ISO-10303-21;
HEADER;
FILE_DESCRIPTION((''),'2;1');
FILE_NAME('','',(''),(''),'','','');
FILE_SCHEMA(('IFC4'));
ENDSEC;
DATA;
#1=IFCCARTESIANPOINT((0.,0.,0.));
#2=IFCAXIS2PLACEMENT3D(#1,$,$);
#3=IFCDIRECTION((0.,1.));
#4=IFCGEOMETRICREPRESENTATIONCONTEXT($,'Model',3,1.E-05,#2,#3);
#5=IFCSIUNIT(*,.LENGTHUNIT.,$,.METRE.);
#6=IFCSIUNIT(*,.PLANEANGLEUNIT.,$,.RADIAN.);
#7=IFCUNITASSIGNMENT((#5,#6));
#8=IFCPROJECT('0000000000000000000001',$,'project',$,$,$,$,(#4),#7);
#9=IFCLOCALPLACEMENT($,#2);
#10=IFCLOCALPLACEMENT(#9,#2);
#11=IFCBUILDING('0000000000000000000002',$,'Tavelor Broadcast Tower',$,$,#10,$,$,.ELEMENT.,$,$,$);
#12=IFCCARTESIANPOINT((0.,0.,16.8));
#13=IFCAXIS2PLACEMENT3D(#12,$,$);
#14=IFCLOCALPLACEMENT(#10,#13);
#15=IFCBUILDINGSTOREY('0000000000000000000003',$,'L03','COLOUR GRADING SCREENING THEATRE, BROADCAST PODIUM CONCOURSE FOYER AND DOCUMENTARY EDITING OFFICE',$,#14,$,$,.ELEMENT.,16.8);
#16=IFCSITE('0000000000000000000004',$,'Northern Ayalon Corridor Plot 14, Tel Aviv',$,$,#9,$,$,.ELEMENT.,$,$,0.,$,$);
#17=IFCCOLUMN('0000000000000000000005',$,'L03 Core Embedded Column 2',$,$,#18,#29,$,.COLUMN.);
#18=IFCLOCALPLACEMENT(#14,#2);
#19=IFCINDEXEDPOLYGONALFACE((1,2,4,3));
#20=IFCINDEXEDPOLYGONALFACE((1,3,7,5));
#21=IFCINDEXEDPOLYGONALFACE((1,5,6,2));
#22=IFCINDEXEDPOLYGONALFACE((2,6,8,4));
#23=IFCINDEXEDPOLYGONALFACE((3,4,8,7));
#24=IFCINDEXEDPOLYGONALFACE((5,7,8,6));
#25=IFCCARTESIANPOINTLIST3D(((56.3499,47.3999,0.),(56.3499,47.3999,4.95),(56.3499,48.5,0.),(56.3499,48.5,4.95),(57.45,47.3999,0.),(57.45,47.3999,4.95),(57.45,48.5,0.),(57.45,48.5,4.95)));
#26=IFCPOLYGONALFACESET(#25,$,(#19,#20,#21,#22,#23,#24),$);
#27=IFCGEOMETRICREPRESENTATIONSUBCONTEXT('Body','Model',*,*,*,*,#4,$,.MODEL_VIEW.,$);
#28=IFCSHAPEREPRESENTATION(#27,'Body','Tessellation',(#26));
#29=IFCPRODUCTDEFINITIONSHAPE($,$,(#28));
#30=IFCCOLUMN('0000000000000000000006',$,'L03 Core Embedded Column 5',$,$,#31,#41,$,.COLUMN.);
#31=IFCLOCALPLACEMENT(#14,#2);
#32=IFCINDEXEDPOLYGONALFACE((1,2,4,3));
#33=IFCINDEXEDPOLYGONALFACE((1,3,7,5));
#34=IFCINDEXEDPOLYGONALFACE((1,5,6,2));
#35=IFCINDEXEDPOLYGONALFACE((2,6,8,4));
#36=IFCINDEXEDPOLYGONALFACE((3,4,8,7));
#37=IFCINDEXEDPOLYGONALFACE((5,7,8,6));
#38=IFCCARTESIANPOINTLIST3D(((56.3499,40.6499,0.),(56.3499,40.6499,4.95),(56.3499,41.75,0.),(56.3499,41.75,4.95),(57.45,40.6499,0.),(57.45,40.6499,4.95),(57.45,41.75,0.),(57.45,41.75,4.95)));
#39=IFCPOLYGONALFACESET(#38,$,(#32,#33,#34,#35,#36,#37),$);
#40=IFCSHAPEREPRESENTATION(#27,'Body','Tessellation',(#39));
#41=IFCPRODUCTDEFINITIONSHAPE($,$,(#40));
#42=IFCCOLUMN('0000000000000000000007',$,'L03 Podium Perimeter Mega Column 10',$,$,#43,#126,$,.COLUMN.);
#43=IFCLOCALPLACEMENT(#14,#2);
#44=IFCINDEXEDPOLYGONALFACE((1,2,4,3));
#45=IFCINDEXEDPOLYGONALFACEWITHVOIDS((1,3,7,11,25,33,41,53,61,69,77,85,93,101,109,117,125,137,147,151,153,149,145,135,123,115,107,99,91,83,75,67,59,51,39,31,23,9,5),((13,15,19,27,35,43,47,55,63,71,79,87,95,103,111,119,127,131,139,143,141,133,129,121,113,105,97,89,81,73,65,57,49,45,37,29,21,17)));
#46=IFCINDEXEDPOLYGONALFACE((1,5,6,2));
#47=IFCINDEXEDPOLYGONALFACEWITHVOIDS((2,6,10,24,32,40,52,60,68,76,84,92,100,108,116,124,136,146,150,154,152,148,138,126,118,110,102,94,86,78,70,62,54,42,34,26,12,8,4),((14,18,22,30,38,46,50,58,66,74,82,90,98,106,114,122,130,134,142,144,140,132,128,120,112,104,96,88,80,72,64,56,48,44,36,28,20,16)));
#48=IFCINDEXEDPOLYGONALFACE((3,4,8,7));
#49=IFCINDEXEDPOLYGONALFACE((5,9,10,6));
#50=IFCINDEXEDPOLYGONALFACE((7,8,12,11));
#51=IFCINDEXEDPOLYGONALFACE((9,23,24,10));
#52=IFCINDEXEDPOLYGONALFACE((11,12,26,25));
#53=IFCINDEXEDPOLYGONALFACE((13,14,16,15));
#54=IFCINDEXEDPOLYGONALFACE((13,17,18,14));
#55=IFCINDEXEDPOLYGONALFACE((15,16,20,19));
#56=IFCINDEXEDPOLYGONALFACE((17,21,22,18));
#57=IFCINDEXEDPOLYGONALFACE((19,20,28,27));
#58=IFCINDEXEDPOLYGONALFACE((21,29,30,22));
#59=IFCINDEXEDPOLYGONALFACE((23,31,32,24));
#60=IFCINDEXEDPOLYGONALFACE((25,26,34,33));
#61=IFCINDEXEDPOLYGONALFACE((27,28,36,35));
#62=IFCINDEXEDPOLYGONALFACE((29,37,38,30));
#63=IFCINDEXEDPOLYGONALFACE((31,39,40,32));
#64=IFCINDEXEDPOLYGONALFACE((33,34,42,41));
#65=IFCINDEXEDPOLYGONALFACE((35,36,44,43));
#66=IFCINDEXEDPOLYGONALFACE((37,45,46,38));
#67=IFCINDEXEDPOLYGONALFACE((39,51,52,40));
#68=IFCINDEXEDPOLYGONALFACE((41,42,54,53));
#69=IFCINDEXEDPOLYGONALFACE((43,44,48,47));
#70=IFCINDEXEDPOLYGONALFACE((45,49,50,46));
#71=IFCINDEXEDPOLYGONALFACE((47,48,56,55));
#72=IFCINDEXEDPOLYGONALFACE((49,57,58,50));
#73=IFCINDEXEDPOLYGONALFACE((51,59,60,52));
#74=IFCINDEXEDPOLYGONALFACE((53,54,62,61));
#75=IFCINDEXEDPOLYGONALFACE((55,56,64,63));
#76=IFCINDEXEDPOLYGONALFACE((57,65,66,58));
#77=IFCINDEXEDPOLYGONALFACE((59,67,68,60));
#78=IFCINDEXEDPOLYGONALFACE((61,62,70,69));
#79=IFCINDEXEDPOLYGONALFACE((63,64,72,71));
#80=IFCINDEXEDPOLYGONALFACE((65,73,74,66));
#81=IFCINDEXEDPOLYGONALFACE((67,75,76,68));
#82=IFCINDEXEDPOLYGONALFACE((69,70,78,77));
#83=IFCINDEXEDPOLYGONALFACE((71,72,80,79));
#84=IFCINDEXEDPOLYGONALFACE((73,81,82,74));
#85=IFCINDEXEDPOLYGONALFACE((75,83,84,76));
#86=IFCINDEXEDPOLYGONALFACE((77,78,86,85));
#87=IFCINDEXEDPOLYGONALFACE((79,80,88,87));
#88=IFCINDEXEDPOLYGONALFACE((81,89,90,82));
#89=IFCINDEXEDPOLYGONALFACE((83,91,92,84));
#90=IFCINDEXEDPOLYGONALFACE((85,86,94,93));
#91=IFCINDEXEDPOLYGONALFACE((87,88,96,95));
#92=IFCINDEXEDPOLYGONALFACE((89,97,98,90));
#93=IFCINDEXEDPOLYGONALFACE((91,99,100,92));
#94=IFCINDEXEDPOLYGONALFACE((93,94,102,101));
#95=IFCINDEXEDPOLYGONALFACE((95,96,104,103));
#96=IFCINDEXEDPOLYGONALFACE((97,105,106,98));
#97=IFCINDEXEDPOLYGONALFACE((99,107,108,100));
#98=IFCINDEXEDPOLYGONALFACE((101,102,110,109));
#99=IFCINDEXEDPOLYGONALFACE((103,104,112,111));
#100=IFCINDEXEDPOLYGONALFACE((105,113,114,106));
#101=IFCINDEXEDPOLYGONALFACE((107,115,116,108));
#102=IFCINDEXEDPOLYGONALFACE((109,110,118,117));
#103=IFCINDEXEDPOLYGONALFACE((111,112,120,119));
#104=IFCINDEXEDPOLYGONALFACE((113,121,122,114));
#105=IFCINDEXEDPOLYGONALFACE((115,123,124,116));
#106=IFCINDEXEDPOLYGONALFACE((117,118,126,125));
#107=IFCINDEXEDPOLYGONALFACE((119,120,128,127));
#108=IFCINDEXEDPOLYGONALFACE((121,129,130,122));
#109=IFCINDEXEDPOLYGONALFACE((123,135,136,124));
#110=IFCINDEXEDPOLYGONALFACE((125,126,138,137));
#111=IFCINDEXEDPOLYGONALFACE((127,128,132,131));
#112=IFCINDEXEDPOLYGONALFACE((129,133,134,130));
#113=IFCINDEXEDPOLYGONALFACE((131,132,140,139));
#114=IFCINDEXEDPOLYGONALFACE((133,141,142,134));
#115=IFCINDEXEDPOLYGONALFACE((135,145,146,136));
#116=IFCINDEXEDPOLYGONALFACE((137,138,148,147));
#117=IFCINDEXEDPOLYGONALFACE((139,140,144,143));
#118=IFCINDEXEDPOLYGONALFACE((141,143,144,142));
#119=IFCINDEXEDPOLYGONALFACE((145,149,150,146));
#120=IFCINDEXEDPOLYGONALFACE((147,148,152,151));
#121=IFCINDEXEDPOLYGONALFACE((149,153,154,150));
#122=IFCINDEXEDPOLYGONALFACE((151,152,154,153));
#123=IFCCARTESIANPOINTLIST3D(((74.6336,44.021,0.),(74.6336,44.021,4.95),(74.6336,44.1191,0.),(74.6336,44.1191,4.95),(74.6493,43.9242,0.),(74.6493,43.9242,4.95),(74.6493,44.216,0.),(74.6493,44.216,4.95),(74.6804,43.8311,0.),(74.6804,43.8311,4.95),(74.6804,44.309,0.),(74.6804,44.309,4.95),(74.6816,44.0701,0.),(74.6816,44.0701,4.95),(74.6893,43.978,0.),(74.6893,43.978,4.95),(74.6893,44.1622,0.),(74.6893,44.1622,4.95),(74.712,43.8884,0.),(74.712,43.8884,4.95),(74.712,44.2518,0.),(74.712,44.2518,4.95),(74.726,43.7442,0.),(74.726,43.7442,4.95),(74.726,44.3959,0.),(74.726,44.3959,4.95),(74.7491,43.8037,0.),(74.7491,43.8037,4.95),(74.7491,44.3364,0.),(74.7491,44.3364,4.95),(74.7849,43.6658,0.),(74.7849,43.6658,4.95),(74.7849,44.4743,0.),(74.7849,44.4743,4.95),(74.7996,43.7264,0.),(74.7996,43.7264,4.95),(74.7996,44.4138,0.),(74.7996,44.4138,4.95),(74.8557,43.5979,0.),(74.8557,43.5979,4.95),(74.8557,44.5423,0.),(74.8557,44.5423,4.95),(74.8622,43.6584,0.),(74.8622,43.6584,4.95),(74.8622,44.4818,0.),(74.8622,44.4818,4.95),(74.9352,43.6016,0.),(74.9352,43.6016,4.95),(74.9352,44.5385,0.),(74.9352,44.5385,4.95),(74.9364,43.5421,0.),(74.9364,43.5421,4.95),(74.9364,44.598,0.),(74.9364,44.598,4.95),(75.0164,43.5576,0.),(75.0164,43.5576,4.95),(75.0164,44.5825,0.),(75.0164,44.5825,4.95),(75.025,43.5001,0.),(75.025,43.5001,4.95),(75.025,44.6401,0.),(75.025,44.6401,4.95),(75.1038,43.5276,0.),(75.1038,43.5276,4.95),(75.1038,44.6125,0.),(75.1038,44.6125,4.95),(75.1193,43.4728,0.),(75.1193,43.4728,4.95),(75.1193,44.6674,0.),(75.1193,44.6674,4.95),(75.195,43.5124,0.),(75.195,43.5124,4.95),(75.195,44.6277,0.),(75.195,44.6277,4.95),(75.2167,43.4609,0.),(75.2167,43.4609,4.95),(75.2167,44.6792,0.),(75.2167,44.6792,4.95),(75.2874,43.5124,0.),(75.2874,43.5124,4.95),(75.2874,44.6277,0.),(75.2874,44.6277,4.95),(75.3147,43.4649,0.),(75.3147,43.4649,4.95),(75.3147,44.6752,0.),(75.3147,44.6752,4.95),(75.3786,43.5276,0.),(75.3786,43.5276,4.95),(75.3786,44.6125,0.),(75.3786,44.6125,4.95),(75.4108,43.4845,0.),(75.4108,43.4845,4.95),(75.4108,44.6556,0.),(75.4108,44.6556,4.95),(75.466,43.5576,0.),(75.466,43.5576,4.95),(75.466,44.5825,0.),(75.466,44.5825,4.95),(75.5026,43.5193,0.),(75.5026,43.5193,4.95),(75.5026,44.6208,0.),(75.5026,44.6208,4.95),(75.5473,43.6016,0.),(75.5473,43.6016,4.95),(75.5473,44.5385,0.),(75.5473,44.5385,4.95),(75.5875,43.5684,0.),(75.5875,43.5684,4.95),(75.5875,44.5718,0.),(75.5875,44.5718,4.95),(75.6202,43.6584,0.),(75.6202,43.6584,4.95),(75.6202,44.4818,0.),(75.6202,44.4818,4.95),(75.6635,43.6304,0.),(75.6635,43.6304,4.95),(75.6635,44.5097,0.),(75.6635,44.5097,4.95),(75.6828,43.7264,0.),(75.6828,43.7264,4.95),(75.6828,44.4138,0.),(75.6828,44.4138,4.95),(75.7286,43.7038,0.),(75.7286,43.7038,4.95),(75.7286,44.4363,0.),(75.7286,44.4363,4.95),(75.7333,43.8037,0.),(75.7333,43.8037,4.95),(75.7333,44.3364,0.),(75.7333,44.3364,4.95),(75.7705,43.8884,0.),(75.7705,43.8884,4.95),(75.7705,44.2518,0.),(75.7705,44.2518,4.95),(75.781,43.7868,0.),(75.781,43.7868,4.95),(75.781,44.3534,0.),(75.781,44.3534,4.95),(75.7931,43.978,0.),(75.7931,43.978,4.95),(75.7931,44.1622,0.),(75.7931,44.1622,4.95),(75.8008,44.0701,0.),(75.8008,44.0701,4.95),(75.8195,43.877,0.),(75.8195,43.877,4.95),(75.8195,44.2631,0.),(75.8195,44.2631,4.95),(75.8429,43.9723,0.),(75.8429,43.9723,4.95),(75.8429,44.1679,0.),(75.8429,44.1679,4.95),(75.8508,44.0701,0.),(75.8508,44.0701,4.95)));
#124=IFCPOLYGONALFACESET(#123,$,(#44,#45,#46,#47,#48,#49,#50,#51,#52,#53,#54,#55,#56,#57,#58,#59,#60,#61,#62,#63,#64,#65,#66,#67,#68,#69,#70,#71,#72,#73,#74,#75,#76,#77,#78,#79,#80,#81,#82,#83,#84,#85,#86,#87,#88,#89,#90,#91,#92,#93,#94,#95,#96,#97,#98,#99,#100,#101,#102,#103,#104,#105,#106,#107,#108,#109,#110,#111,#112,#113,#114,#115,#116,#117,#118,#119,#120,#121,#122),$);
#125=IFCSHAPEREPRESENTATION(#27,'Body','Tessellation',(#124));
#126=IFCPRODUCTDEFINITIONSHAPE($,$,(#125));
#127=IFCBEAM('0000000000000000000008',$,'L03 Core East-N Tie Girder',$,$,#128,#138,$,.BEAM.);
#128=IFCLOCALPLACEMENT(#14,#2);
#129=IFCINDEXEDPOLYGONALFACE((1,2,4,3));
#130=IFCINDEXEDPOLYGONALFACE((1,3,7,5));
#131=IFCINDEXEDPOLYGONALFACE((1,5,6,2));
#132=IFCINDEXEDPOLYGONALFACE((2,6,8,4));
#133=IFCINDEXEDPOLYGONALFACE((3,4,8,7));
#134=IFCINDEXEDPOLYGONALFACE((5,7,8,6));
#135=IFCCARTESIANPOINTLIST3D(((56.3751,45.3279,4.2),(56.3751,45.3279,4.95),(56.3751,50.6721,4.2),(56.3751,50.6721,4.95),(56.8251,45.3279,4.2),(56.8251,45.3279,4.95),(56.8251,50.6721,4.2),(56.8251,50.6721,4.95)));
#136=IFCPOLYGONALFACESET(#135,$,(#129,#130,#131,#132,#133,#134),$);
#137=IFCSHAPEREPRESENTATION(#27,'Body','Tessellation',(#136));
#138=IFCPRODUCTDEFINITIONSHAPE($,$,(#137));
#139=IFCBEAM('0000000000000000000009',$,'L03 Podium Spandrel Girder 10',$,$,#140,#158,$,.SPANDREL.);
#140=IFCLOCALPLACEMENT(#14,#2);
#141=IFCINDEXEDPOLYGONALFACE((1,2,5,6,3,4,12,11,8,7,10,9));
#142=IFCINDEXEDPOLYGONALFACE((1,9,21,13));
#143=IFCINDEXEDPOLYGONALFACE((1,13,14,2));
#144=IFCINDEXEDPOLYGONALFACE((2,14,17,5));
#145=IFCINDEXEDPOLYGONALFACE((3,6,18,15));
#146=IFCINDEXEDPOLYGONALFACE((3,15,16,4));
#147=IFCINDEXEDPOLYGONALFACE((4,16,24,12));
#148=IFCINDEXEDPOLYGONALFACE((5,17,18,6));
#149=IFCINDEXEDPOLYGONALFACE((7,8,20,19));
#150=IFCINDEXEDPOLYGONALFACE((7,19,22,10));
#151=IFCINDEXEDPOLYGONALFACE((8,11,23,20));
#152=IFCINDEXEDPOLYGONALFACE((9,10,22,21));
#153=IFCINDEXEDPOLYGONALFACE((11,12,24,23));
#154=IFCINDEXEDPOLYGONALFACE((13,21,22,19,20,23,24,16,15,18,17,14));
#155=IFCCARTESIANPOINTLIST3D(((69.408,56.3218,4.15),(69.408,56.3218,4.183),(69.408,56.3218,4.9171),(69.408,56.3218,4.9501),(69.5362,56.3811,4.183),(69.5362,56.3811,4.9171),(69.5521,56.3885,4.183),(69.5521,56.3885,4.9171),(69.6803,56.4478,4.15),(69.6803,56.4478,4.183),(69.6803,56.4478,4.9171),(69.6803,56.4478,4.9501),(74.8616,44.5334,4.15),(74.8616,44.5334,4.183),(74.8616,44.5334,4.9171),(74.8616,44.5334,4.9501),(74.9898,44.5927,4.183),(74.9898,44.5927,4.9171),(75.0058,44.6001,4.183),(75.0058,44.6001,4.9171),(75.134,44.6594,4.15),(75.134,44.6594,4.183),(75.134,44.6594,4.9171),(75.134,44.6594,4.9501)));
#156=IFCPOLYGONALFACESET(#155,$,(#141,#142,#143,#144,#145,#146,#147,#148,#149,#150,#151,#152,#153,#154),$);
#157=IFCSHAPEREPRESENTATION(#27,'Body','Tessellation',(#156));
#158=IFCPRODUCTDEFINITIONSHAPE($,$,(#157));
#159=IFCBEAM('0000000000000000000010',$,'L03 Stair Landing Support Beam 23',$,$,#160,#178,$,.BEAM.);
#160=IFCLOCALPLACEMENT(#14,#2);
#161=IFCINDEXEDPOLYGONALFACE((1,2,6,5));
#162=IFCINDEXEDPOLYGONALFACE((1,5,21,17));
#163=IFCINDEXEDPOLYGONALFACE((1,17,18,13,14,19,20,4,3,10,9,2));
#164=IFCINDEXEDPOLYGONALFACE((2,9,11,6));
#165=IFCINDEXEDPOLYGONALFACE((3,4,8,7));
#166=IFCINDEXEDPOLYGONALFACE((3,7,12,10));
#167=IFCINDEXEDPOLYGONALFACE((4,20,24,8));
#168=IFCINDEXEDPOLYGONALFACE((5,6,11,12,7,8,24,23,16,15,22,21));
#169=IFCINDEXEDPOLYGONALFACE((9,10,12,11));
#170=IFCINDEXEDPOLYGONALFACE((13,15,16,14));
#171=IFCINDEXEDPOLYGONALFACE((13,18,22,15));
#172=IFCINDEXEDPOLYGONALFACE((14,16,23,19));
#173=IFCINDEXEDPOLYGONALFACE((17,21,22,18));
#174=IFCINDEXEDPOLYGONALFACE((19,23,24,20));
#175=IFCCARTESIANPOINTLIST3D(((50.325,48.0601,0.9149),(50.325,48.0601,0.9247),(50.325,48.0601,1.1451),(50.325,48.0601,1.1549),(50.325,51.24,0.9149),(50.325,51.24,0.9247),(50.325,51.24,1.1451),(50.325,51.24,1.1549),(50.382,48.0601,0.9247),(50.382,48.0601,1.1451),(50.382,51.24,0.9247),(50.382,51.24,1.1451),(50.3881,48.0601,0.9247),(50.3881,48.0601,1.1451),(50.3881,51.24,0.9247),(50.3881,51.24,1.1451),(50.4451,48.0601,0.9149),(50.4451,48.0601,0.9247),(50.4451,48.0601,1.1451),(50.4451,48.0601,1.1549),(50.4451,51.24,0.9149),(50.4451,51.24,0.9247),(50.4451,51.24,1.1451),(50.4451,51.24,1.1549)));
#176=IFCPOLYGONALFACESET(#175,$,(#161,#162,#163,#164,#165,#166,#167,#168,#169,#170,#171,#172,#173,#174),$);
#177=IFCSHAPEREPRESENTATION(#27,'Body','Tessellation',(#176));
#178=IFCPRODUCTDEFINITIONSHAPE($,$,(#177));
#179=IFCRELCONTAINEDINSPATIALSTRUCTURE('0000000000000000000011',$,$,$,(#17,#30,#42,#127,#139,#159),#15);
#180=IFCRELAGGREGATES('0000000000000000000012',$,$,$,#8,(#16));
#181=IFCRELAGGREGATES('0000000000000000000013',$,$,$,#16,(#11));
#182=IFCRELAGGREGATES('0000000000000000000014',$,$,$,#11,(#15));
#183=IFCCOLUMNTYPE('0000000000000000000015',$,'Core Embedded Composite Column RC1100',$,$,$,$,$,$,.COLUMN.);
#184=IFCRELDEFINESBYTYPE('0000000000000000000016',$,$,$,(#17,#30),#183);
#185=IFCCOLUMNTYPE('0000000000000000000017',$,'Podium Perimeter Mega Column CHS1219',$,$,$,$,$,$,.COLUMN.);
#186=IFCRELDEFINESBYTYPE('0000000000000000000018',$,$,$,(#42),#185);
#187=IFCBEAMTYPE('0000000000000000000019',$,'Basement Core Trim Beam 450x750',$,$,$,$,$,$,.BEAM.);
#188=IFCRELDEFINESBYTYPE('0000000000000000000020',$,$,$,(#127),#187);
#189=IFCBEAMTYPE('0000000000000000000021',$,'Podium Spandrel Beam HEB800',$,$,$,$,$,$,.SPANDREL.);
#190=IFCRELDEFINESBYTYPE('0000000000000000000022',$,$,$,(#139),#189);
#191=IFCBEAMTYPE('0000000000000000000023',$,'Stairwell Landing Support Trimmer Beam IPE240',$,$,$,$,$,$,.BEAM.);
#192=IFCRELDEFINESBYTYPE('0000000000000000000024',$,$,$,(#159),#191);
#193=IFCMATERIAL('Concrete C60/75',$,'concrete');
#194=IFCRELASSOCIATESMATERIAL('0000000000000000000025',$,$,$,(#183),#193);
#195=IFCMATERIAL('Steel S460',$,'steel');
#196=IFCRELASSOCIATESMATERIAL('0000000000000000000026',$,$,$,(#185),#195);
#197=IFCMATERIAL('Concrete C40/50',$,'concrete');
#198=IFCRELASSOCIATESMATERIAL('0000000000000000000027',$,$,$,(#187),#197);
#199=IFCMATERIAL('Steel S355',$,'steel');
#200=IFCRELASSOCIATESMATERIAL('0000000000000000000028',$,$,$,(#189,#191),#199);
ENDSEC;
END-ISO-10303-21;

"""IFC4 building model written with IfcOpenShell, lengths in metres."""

from ifc_helpers import new_model, si_unit, direction, frame, origin, origin_2d, place, context, subcontext, project, spatial, rectangle, hollow_circle, i_section, extrude, material, material_profile, profile_set, type_object, element, save


model = new_model("IFC4")

# Units and contexts
model_context = context("Model", 3, precision=1e-05, world=origin(), true_north=direction((0.0, 1.0)))
body_context = subcontext(model_context, "Body", "Model", "MODEL_VIEW")
ifc_project = project(units=[si_unit("LENGTHUNIT", "METRE"), si_unit("PLANEANGLEUNIT", "RADIAN")], contexts=[model_context])

# Site, building, storey
site_placement = place(None, origin())
site = spatial("IfcSite", under=ifc_project, at=site_placement, Name="Northern Ayalon Corridor Plot 14, Tel Aviv", CompositionType="ELEMENT", RefElevation=0.0)
building_placement = place(site_placement, origin())
building = spatial("IfcBuilding", under=site, at=building_placement, Name="Tavelor Broadcast Tower", CompositionType="ELEMENT")
storey_placement = place(building_placement, frame((0.0, 0.0, 16.8)))
storey = spatial("IfcBuildingStorey", under=building, at=storey_placement, Name="L03", Description="COLOUR GRADING SCREENING THEATRE, BROADCAST PODIUM CONCOURSE FOYER AND DOCUMENTARY EDITING OFFICE", CompositionType="ELEMENT", Elevation=16.8)

# Columns
ifc_material_1 = material(Name="Concrete C60/75", Category="concrete")
ifc_material_profile_1 = material_profile(ifc_material_1, rectangle(XDim=1.1001, YDim=1.1001, at=origin_2d()), Name="RC 1100x1100")
ifc_profile_set_1 = profile_set([ifc_material_profile_1], Name="Concrete C60/75")
column_type_1 = type_object("IfcColumnType", Name="Core Embedded Composite Column RC1100", PredefinedType="COLUMN", material=ifc_profile_set_1)
for number, where, z_axis, x_axis, name in (
    (1, (56.8999, 47.95, 0.0), (0.0, 0.0, 1.0), (1.0, 0.0, 0.0), "L03 Core Embedded Column 2"),
    (2, (56.8999, 41.2, 0.0), (0.0, 0.0, 1.0), (1.0, 0.0, 0.0), "L03 Core Embedded Column 5"),
):
    element("IfcColumn", number, at=place(storey_placement, frame(where, z_axis=z_axis, x_axis=x_axis)), inside=storey, type_object=column_type_1, Name=name, PredefinedType="COLUMN", context=body_context, shape_type="SweptSolid", body=[
        extrude(rectangle(XDim=1.1001, YDim=1.1001, at=origin_2d()), origin(), (0.0, 0.0, 1.0), 4.95),
    ])
ifc_material_2 = material(Name="Steel S460", Category="steel")
ifc_material_profile_2 = material_profile(ifc_material_2, hollow_circle(Radius=0.6096, WallThickness=0.05, at=origin_2d()), Name="CHS 1219x50")
ifc_profile_set_2 = profile_set([ifc_material_profile_2], Name="Steel S460")
column_type_2 = type_object("IfcColumnType", Name="Podium Perimeter Mega Column CHS1219", PredefinedType="COLUMN", material=ifc_profile_set_2)
column_placement = place(storey_placement, frame((75.2412, 44.0701, 0.0), z_axis=(0.0, 0.0, 1.0), x_axis=(1.0, 0.0, 0.0)))
element("IfcColumn", 3, at=column_placement, inside=storey, type_object=column_type_2, Name="L03 Podium Perimeter Mega Column 10", PredefinedType="COLUMN", context=body_context, shape_type="SweptSolid", body=[
    extrude(hollow_circle(Radius=0.6096, WallThickness=0.05, at=origin_2d()), origin(), (0.0, 0.0, 1.0), 4.95),
])

# Beams
ifc_material_3 = material(Name="Concrete C40/50", Category="concrete")
ifc_material_profile_3 = material_profile(ifc_material_3, rectangle(XDim=0.45, YDim=0.75, at=origin_2d()), Name="RC 450x750")
ifc_profile_set_3 = profile_set([ifc_material_profile_3], Name="Concrete C40/50")
beam_type_1 = type_object("IfcBeamType", Name="Basement Core Trim Beam 450x750", PredefinedType="BEAM", material=ifc_profile_set_3)
beam_1_placement = place(storey_placement, frame((56.6001, 45.3279, 4.575), z_axis=(0.0, 1.0, 0.0), x_axis=(-1.0, 0.0, 0.0)))
element("IfcBeam", 4, at=beam_1_placement, inside=storey, type_object=beam_type_1, Name="L03 Core East-N Tie Girder", PredefinedType="BEAM", context=body_context, shape_type="SweptSolid", body=[
    extrude(rectangle(XDim=0.45, YDim=0.75, at=origin_2d()), origin(), (0.0, 0.0, 1.0), 5.3442),
])
ifc_material_4 = material(Name="Steel S355", Category="steel")
ifc_material_profile_4 = material_profile(ifc_material_4, i_section(OverallWidth=0.3, OverallDepth=0.8, WebThickness=0.0176, FlangeThickness=0.033, at=origin_2d()), Name="HEB 800")
ifc_profile_set_4 = profile_set([ifc_material_profile_4], Name="Steel S355")
beam_type_2 = type_object("IfcBeamType", Name="Podium Spandrel Beam HEB800", PredefinedType="SPANDREL", material=ifc_profile_set_4)
beam_2_placement = place(storey_placement, frame((74.9978, 44.5964, 4.55), z_axis=(-0.419873, 0.907583, 0.0), x_axis=(-0.907583, -0.419873, 0.0)))
element("IfcBeam", 5, at=beam_2_placement, inside=storey, type_object=beam_type_2, Name="L03 Podium Spandrel Girder 10", PredefinedType="SPANDREL", context=body_context, shape_type="SweptSolid", body=[
    extrude(i_section(OverallWidth=0.3, OverallDepth=0.8, WebThickness=0.0176, FlangeThickness=0.033, at=origin_2d()), origin(), (0.0, 0.0, 1.0), 12.9888),
])
ifc_material_profile_5 = material_profile(ifc_material_4, i_section(OverallWidth=0.1201, OverallDepth=0.24, WebThickness=0.0061, FlangeThickness=0.0098, at=origin_2d()), Name="IPE 240")
ifc_profile_set_5 = profile_set([ifc_material_profile_5], Name="Steel S355")
beam_type_3 = type_object("IfcBeamType", Name="Stairwell Landing Support Trimmer Beam IPE240", PredefinedType="BEAM", material=ifc_profile_set_5)
for number, where, z_axis, x_axis, name in (
    (6, (50.385, 48.0601, 1.0349), (0.0, 1.0, 0.0), (-1.0, 0.0, 0.0), "L03 Stair Landing Support Beam 23"),
):
    element("IfcBeam", number, at=place(storey_placement, frame(where, z_axis=z_axis, x_axis=x_axis)), inside=storey, type_object=beam_type_3, Name=name, PredefinedType="BEAM", context=body_context, shape_type="SweptSolid", body=[
        extrude(i_section(OverallWidth=0.1201, OverallDepth=0.24, WebThickness=0.0061, FlangeThickness=0.0098, at=origin_2d()), origin(), (0.0, 0.0, 1.0), 3.1799),
    ])

save(model, "model.ifc")
